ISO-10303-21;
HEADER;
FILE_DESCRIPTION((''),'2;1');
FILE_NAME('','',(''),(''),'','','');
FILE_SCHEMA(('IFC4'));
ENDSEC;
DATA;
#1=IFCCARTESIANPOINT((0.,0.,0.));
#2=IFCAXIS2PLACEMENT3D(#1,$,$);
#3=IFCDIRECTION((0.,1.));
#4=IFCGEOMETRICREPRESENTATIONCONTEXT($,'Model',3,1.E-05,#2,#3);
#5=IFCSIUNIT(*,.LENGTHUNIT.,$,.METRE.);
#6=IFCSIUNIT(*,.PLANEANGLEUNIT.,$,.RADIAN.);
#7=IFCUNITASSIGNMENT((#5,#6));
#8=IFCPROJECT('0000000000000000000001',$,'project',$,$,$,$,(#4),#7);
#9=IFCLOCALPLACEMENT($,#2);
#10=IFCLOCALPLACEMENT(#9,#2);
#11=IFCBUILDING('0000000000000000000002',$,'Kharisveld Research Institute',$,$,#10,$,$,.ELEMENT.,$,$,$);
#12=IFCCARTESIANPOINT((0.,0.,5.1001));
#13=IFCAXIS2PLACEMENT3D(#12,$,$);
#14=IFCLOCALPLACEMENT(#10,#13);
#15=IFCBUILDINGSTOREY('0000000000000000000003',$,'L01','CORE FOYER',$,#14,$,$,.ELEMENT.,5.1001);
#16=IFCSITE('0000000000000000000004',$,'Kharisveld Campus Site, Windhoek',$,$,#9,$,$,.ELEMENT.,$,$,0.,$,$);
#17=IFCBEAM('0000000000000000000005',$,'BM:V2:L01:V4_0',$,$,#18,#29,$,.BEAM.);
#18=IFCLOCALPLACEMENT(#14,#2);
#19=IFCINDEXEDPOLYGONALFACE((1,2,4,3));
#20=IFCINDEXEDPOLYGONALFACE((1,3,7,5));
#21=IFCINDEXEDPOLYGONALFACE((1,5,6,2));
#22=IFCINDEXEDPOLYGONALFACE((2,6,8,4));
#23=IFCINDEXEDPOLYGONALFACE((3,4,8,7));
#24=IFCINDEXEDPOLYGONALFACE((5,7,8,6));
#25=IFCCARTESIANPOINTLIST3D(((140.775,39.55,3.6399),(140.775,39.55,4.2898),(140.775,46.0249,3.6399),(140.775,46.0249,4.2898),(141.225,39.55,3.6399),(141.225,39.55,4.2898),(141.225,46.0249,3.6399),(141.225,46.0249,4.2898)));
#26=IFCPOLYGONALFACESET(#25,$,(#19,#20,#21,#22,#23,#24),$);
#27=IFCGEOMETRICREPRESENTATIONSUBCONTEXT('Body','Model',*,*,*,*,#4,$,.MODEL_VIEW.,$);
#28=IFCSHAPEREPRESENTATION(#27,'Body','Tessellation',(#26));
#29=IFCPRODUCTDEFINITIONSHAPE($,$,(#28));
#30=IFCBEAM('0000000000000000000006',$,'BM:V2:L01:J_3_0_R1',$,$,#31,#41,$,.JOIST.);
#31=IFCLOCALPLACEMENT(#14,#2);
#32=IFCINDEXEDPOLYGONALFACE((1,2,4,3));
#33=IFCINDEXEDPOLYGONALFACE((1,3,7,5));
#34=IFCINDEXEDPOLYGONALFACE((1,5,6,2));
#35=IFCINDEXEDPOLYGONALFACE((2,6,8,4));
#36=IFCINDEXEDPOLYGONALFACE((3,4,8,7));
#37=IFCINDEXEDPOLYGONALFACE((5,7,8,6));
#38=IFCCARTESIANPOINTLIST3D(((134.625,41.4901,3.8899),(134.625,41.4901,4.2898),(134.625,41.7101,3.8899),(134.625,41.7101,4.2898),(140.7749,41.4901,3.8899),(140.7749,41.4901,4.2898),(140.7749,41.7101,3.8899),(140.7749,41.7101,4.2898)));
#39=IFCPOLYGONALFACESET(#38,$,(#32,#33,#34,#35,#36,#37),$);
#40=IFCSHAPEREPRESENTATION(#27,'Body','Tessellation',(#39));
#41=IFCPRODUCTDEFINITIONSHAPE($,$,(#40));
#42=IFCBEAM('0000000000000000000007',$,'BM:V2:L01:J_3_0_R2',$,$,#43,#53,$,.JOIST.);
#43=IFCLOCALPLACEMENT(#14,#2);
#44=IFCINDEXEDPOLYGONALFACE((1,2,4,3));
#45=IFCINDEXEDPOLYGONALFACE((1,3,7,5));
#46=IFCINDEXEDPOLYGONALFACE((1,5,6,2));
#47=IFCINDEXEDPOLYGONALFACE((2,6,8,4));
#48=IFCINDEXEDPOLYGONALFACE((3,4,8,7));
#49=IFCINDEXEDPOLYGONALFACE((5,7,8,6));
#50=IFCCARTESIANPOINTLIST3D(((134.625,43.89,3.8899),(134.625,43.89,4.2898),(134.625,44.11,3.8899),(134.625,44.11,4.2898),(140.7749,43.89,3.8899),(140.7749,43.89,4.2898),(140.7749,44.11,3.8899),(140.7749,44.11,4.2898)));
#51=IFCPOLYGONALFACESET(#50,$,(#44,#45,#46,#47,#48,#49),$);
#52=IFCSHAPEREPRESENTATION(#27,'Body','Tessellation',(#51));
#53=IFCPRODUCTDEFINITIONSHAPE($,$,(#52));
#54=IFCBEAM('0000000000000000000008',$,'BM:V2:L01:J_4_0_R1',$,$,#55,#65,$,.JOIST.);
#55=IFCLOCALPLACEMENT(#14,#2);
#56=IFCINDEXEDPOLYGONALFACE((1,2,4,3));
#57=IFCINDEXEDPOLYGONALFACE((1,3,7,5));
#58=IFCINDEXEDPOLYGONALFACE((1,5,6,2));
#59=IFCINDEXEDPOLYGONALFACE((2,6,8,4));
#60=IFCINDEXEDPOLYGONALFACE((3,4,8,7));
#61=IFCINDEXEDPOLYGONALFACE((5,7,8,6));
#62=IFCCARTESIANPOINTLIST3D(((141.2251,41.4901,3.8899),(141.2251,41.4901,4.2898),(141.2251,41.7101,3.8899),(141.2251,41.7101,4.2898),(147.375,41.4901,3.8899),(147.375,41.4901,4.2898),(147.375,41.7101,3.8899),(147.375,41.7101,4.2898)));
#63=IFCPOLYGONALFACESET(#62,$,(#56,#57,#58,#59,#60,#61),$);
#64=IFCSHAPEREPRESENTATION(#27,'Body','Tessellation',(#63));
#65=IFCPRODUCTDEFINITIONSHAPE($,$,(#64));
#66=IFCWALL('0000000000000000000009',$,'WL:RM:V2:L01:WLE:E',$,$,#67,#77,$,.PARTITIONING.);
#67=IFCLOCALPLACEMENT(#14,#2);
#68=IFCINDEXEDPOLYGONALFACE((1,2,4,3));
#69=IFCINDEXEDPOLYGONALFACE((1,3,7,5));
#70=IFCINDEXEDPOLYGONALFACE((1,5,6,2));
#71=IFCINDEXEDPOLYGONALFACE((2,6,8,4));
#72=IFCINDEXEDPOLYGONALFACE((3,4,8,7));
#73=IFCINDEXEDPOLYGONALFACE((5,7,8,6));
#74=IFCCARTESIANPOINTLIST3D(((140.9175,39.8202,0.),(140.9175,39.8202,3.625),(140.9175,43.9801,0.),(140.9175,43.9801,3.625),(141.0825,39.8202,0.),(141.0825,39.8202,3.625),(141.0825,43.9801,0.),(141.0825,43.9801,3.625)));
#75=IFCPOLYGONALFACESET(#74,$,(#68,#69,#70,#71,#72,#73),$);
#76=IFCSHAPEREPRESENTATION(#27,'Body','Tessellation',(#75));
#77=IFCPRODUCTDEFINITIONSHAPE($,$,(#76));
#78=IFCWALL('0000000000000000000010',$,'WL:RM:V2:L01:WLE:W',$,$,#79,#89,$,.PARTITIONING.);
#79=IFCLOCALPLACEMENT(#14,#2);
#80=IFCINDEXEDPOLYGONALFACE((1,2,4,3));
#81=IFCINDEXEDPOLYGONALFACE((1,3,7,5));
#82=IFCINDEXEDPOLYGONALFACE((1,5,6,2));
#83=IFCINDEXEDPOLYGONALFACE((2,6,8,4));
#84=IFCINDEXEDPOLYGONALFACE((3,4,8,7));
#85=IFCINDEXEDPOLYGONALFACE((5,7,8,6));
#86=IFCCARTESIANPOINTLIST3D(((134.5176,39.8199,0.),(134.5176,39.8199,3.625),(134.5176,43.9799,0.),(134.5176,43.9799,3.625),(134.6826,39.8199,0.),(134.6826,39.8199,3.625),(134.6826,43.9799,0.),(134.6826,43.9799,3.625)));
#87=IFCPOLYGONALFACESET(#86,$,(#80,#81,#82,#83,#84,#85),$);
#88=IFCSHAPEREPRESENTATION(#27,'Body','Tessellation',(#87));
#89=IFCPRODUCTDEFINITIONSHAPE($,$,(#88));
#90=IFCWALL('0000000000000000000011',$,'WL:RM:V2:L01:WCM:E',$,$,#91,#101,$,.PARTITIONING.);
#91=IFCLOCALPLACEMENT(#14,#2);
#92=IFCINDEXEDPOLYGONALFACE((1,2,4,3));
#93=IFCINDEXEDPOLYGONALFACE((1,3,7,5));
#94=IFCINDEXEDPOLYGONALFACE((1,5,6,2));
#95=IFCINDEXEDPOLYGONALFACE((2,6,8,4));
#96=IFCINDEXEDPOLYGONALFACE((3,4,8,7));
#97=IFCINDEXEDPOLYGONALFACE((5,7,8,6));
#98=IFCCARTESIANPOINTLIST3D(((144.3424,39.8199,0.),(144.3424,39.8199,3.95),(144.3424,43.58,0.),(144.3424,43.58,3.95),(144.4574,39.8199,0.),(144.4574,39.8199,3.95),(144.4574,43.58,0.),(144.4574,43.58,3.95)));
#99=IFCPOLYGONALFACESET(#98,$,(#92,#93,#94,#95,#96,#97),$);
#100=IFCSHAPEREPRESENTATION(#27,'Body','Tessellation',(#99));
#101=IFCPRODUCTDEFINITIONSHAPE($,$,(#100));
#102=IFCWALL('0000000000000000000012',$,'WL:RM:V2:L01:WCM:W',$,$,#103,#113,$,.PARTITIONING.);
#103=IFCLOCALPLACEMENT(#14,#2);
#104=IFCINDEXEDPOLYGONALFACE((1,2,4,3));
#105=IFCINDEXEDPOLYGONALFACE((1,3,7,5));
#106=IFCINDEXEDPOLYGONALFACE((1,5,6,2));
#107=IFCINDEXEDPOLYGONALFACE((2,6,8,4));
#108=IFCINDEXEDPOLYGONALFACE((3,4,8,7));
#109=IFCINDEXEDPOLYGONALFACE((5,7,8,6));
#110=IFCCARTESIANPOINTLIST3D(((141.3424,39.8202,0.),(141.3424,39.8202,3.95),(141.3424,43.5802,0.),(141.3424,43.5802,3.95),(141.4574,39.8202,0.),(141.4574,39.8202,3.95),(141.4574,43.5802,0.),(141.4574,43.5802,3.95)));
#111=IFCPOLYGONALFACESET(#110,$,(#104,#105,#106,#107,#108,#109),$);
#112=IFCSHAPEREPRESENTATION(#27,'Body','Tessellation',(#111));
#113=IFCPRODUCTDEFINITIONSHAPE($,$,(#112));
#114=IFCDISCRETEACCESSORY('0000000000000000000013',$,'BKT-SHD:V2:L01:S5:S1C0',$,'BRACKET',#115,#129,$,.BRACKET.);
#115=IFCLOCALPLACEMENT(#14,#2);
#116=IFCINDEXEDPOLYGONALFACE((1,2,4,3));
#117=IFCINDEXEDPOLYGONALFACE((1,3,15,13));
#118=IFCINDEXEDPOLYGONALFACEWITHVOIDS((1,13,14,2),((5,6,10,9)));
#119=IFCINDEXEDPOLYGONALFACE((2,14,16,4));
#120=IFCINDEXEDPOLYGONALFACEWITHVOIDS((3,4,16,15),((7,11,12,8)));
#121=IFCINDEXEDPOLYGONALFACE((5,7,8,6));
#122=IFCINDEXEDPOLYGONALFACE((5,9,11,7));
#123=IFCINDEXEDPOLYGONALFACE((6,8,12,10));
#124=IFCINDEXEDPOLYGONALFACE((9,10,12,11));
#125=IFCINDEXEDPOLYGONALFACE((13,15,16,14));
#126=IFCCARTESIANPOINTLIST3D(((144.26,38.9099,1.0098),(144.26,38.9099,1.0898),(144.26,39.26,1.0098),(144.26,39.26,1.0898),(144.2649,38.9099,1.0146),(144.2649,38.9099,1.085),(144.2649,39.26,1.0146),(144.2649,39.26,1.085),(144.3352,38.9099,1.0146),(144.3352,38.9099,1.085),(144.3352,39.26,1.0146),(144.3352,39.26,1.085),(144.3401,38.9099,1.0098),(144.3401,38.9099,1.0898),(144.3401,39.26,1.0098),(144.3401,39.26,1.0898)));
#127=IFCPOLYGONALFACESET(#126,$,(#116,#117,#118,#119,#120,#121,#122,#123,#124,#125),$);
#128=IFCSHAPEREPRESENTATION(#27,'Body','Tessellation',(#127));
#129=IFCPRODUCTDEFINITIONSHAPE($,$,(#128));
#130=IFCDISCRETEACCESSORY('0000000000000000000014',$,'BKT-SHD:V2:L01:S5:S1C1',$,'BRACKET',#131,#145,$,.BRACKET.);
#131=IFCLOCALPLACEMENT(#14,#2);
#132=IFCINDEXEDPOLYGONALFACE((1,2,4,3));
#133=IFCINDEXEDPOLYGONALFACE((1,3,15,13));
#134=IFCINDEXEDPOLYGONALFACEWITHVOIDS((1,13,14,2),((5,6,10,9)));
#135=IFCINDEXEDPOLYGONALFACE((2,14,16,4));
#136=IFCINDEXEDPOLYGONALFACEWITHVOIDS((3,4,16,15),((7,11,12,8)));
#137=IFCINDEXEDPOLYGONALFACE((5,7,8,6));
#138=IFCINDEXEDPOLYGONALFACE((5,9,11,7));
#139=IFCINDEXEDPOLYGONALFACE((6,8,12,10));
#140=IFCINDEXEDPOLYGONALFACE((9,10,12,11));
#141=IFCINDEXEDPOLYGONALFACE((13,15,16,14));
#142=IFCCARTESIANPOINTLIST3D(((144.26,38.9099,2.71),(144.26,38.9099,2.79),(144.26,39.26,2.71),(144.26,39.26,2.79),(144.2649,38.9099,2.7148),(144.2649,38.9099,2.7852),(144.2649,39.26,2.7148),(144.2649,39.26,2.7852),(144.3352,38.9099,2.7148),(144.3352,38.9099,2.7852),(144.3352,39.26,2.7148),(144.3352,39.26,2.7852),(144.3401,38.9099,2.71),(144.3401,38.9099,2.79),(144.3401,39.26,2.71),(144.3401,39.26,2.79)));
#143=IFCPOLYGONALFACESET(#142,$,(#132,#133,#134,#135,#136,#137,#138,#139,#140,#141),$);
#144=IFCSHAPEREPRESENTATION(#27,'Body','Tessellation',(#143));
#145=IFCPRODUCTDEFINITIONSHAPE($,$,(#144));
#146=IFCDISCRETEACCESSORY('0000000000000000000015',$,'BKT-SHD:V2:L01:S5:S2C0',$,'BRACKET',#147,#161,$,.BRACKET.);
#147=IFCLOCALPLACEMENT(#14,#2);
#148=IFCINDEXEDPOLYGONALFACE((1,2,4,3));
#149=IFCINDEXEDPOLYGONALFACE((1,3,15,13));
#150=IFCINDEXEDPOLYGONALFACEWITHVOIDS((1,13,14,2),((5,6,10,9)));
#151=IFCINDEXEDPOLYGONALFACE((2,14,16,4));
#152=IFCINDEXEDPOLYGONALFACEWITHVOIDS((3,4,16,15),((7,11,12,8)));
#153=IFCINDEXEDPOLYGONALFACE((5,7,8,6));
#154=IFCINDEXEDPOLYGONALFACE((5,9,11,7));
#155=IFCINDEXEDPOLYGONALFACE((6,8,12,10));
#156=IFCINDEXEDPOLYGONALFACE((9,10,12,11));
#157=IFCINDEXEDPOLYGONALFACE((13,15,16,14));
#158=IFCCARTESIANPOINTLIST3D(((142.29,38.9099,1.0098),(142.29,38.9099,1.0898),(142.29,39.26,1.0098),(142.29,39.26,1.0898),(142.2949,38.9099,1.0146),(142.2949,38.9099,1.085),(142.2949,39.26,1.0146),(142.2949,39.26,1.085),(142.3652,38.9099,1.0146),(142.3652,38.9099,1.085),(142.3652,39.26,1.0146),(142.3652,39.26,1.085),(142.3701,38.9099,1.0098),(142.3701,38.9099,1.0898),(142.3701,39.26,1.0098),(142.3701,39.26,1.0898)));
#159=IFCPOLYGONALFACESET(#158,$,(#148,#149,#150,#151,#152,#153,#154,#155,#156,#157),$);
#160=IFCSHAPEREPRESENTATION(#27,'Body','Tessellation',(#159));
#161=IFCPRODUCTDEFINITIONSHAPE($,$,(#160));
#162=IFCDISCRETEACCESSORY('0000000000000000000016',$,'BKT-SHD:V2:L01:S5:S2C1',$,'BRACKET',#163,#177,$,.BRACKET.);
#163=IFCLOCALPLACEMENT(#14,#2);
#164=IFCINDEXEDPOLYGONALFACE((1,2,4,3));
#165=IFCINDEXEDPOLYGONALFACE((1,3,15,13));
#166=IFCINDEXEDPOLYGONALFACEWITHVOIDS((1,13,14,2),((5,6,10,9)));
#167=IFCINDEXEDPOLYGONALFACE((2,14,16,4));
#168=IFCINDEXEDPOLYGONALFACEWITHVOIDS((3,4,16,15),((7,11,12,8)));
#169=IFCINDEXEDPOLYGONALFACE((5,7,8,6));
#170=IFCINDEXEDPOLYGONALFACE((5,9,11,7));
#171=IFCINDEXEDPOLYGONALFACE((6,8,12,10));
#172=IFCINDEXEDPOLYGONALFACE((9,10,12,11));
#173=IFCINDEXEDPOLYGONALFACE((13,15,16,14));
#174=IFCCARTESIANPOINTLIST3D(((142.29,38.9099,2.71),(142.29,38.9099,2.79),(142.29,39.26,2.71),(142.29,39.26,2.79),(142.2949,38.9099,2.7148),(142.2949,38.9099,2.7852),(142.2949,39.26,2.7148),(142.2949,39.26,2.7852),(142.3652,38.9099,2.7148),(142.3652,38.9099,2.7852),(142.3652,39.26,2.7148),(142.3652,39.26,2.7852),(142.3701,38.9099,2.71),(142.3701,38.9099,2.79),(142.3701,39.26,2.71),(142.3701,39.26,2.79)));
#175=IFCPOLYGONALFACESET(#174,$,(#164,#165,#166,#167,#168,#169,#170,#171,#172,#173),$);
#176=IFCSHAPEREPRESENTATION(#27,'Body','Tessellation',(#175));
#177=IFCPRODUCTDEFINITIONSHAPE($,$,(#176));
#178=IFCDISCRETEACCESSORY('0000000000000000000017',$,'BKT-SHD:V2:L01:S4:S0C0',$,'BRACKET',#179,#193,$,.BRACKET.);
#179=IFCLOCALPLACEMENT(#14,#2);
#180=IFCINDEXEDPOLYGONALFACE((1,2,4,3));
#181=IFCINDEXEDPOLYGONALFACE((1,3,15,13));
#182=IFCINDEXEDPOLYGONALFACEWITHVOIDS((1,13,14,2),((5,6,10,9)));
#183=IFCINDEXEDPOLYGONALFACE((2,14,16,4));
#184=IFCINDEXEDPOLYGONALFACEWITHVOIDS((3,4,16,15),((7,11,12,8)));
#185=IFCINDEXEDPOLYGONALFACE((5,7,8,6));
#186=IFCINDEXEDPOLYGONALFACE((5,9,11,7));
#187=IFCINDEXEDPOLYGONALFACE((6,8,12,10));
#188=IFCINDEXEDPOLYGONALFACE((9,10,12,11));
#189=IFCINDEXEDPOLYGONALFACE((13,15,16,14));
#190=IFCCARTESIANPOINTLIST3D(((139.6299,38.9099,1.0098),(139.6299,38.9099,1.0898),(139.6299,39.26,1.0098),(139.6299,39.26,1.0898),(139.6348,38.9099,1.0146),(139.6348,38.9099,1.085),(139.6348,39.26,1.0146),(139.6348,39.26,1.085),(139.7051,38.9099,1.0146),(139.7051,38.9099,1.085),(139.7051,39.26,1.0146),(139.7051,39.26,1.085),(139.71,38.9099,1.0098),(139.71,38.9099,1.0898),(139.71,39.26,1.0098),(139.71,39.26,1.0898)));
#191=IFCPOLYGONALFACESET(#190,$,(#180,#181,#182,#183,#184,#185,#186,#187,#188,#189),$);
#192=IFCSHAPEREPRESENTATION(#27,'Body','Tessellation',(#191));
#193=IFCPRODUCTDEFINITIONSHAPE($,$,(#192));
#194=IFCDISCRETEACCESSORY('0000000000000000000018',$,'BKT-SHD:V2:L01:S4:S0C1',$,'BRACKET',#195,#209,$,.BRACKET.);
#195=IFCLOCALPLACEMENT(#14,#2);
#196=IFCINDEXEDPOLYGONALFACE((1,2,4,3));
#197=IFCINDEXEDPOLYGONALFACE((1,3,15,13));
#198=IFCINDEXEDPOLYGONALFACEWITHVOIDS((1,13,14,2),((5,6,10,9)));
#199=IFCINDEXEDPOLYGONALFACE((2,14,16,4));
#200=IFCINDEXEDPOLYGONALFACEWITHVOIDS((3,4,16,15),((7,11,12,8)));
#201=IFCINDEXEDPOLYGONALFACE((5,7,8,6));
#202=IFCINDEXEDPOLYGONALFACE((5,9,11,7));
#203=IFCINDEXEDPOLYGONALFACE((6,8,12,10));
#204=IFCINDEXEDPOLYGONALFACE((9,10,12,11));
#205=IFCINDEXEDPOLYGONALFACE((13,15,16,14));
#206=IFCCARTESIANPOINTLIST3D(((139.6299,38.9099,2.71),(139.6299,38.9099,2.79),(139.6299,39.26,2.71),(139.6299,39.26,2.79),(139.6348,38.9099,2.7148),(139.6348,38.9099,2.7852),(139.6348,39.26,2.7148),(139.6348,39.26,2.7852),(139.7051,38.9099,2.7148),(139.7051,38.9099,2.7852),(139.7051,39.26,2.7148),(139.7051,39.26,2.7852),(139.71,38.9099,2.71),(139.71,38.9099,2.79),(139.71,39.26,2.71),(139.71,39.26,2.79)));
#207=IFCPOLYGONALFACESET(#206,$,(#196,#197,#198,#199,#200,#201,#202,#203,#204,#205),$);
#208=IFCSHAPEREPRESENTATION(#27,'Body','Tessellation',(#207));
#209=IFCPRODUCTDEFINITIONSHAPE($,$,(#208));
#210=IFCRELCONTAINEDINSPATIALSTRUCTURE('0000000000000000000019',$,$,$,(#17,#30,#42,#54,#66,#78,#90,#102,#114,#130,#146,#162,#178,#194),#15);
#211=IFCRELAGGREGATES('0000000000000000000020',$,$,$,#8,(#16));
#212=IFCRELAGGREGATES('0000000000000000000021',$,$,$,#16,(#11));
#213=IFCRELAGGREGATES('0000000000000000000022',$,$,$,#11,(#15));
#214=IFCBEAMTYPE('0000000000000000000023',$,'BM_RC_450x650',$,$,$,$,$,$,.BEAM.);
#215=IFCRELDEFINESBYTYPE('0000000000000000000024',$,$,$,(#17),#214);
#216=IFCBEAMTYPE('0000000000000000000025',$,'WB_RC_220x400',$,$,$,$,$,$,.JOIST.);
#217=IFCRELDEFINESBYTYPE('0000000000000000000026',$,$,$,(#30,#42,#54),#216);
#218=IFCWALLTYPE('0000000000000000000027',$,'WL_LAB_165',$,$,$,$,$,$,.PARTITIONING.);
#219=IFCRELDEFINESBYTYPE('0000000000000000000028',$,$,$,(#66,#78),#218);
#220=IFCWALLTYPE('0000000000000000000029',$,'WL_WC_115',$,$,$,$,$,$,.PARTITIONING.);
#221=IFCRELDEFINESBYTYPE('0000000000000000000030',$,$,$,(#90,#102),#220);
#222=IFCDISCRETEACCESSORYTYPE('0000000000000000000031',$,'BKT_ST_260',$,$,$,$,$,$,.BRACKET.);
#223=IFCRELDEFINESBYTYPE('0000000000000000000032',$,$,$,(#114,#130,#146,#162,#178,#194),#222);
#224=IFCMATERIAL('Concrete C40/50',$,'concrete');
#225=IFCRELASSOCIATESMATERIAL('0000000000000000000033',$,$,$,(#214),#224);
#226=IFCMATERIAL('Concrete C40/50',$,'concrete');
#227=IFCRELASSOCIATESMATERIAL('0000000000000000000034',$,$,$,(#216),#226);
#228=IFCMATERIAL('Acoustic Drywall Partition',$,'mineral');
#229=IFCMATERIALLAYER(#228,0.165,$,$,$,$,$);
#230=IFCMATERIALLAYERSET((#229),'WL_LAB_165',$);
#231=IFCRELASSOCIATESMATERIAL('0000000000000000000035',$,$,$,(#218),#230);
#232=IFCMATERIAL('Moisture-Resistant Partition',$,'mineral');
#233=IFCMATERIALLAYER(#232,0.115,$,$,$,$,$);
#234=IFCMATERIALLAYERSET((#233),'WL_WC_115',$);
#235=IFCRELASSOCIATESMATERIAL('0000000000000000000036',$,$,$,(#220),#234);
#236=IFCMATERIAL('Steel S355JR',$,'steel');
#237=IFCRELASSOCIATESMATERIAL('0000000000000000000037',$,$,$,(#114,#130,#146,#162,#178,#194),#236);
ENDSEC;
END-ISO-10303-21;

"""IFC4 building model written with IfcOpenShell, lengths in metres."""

from ifc_helpers import new_model, si_unit, direction, frame, frame_2d, origin, origin_2d, place, context, subcontext, project, spatial, rectangle, hollow_rectangle, extrude, material, layer, layer_set, material_profile, profile_set, type_object, element, save


model = new_model("IFC4")

# Units and contexts
model_context = context("Model", 3, precision=1e-05, world=origin(), true_north=direction((0.0, 1.0)))
body_context = subcontext(model_context, "Body", "Model", "MODEL_VIEW")
ifc_project = project(units=[si_unit("LENGTHUNIT", "METRE"), si_unit("PLANEANGLEUNIT", "RADIAN")], contexts=[model_context])

# Site, building, storey
site_placement = place(None, origin())
site = spatial("IfcSite", under=ifc_project, at=site_placement, Name="Kharisveld Campus Site, Windhoek", CompositionType="ELEMENT", RefElevation=0.0)
building_placement = place(site_placement, origin())
building = spatial("IfcBuilding", under=site, at=building_placement, Name="Kharisveld Research Institute", CompositionType="ELEMENT")
storey_placement = place(building_placement, frame((0.0, 0.0, 5.1001)))
storey = spatial("IfcBuildingStorey", under=building, at=storey_placement, Name="L01", Description="CORE FOYER", CompositionType="ELEMENT", Elevation=5.1001)

# Beams
ifc_material_1 = material(Name="Concrete C40/50", Category="concrete")
ifc_material_profile_1 = material_profile(ifc_material_1, rectangle(XDim=0.45, YDim=0.6499, at=origin_2d()))
ifc_profile_set_1 = profile_set([ifc_material_profile_1], Name="Concrete C40/50")
beam_type_1 = type_object("IfcBeamType", Name="BM_RC_450x650", PredefinedType="BEAM", material=ifc_profile_set_1)
beam_placement = place(storey_placement, frame((141.0, 39.55, 3.9648), z_axis=(0.0, 1.0, 0.0), x_axis=(-1.0, 0.0, 0.0)))
element("IfcBeam", 1, at=beam_placement, inside=storey, type_object=beam_type_1, Name="BM:V2:L01:V4_0", PredefinedType="BEAM", context=body_context, shape_type="SweptSolid", body=[
    extrude(rectangle(XDim=0.45, YDim=0.6499, at=origin_2d()), origin(), (0.0, 0.0, 1.0), 6.4749),
])
ifc_material_2 = material(Name="Concrete C40/50", Category="concrete")
ifc_material_profile_2 = material_profile(ifc_material_2, rectangle(XDim=0.22, YDim=0.3999, at=origin_2d()))
ifc_profile_set_2 = profile_set([ifc_material_profile_2], Name="Concrete C40/50")
beam_type_2 = type_object("IfcBeamType", Name="WB_RC_220x400", PredefinedType="JOIST", material=ifc_profile_set_2)
for number, where, z_axis, x_axis, name in (
    (2, (134.625, 41.6001, 4.0898), (1.0, 0.0, 0.0), (0.0, 1.0, 0.0), "BM:V2:L01:J_3_0_R1"),
    (3, (134.625, 44.0, 4.0898), (1.0, 0.0, 0.0), (0.0, 1.0, 0.0), "BM:V2:L01:J_3_0_R2"),
    (4, (141.2251, 41.6001, 4.0898), (1.0, 0.0, 0.0), (0.0, 1.0, 0.0), "BM:V2:L01:J_4_0_R1"),
):
    element("IfcBeam", number, at=place(storey_placement, frame(where, z_axis=z_axis, x_axis=x_axis)), inside=storey, type_object=beam_type_2, Name=name, PredefinedType="JOIST", context=body_context, shape_type="SweptSolid", body=[
        extrude(rectangle(XDim=0.22, YDim=0.3999, at=origin_2d()), origin(), (0.0, 0.0, 1.0), 6.1499),
    ])

# Walls
ifc_material_3 = material(Name="Acoustic Drywall Partition", Category="mineral")
ifc_layer_1 = layer(ifc_material_3, 0.165)
ifc_layer_set_1 = layer_set([ifc_layer_1], Name="WL_LAB_165")
wall_type_1 = type_object("IfcWallType", Name="WL_LAB_165", PredefinedType="PARTITIONING", material=ifc_layer_set_1)
for number, where, z_axis, x_axis, name in (
    (5, (141.0, 39.8201, 0.0), (0.0, 0.0, 1.0), (0.0, 1.0, 0.0), "WL:RM:V2:L01:WLE:E"),
    (6, (134.6001, 43.98, 0.0), (0.0, 0.0, 1.0), (0.0, -1.0, 0.0), "WL:RM:V2:L01:WLE:W"),
):
    element("IfcWall", number, at=place(storey_placement, frame(where, z_axis=z_axis, x_axis=x_axis)), inside=storey, type_object=wall_type_1, Name=name, PredefinedType="PARTITIONING", context=body_context, shape_type="SweptSolid", body=[
        extrude(rectangle(XDim=4.1599, YDim=0.165, at=frame_2d((2.0801, 0.0))), origin(), (0.0, 0.0, 1.0), 3.625),
    ])
ifc_material_4 = material(Name="Moisture-Resistant Partition", Category="mineral")
ifc_layer_2 = layer(ifc_material_4, 0.115)
ifc_layer_set_2 = layer_set([ifc_layer_2], Name="WL_WC_115")
wall_type_2 = type_object("IfcWallType", Name="WL_WC_115", PredefinedType="PARTITIONING", material=ifc_layer_set_2)
wall_1_placement = place(storey_placement, frame((144.3999, 39.8201, 0.0), z_axis=(0.0, 0.0, 1.0), x_axis=(0.0, 1.0, 0.0)))
element("IfcWall", 7, at=wall_1_placement, inside=storey, type_object=wall_type_2, Name="WL:RM:V2:L01:WCM:E", PredefinedType="PARTITIONING", context=body_context, shape_type="SweptSolid", body=[
    extrude(rectangle(XDim=3.76, YDim=0.115, at=frame_2d((1.8799, 0.0))), origin(), (0.0, 0.0, 1.0), 3.95),
])

# Wall
wall_2_placement = place(storey_placement, frame((141.3999, 43.5801, 0.0), z_axis=(0.0, 0.0, 1.0), x_axis=(0.0, -1.0, 0.0)))
element("IfcWall", 8, at=wall_2_placement, inside=storey, type_object=wall_type_2, Name="WL:RM:V2:L01:WCM:W", PredefinedType="PARTITIONING", context=body_context, shape_type="SweptSolid", body=[
    extrude(rectangle(XDim=3.76, YDim=0.115, at=frame_2d((1.8799, 0.0))), origin(), (0.0, 0.0, 1.0), 3.95),
])

# Discrete accessories
ifc_material_5 = material(Name="Steel S355JR", Category="steel")
discrete_accessory_type = type_object("IfcDiscreteAccessoryType", Name="BKT_ST_260", PredefinedType="BRACKET")
for number, where, z_axis, x_axis, name in (
    (9, (144.3, 39.26, 1.0498), (0.0, -1.0, 0.0), (1.0, 0.0, 0.0), "BKT-SHD:V2:L01:S5:S1C0"),
    (10, (144.3, 39.26, 2.75), (0.0, -1.0, 0.0), (1.0, 0.0, 0.0), "BKT-SHD:V2:L01:S5:S1C1"),
    (11, (142.3301, 39.26, 1.0498), (0.0, -1.0, 0.0), (1.0, 0.0, 0.0), "BKT-SHD:V2:L01:S5:S2C0"),
    (12, (142.3301, 39.26, 2.75), (0.0, -1.0, 0.0), (1.0, 0.0, 0.0), "BKT-SHD:V2:L01:S5:S2C1"),
    (13, (139.6699, 39.26, 1.0498), (0.0, -1.0, 0.0), (1.0, 0.0, 0.0), "BKT-SHD:V2:L01:S4:S0C0"),
    (14, (139.6699, 39.26, 2.75), (0.0, -1.0, 0.0), (1.0, 0.0, 0.0), "BKT-SHD:V2:L01:S4:S0C1"),
):
    element("IfcDiscreteAccessory", number, at=place(storey_placement, frame(where, z_axis=z_axis, x_axis=x_axis)), inside=storey, type_object=discrete_accessory_type, material=ifc_material_5, Name=name, ObjectType="BRACKET", PredefinedType="BRACKET", context=body_context, shape_type="SweptSolid", body=[
        extrude(hollow_rectangle(XDim=0.0801, YDim=0.0801, WallThickness=0.0049, at=origin_2d()), origin(), (0.0, 0.0, 1.0), 0.3501),
    ])

save(model, "model.ifc")
